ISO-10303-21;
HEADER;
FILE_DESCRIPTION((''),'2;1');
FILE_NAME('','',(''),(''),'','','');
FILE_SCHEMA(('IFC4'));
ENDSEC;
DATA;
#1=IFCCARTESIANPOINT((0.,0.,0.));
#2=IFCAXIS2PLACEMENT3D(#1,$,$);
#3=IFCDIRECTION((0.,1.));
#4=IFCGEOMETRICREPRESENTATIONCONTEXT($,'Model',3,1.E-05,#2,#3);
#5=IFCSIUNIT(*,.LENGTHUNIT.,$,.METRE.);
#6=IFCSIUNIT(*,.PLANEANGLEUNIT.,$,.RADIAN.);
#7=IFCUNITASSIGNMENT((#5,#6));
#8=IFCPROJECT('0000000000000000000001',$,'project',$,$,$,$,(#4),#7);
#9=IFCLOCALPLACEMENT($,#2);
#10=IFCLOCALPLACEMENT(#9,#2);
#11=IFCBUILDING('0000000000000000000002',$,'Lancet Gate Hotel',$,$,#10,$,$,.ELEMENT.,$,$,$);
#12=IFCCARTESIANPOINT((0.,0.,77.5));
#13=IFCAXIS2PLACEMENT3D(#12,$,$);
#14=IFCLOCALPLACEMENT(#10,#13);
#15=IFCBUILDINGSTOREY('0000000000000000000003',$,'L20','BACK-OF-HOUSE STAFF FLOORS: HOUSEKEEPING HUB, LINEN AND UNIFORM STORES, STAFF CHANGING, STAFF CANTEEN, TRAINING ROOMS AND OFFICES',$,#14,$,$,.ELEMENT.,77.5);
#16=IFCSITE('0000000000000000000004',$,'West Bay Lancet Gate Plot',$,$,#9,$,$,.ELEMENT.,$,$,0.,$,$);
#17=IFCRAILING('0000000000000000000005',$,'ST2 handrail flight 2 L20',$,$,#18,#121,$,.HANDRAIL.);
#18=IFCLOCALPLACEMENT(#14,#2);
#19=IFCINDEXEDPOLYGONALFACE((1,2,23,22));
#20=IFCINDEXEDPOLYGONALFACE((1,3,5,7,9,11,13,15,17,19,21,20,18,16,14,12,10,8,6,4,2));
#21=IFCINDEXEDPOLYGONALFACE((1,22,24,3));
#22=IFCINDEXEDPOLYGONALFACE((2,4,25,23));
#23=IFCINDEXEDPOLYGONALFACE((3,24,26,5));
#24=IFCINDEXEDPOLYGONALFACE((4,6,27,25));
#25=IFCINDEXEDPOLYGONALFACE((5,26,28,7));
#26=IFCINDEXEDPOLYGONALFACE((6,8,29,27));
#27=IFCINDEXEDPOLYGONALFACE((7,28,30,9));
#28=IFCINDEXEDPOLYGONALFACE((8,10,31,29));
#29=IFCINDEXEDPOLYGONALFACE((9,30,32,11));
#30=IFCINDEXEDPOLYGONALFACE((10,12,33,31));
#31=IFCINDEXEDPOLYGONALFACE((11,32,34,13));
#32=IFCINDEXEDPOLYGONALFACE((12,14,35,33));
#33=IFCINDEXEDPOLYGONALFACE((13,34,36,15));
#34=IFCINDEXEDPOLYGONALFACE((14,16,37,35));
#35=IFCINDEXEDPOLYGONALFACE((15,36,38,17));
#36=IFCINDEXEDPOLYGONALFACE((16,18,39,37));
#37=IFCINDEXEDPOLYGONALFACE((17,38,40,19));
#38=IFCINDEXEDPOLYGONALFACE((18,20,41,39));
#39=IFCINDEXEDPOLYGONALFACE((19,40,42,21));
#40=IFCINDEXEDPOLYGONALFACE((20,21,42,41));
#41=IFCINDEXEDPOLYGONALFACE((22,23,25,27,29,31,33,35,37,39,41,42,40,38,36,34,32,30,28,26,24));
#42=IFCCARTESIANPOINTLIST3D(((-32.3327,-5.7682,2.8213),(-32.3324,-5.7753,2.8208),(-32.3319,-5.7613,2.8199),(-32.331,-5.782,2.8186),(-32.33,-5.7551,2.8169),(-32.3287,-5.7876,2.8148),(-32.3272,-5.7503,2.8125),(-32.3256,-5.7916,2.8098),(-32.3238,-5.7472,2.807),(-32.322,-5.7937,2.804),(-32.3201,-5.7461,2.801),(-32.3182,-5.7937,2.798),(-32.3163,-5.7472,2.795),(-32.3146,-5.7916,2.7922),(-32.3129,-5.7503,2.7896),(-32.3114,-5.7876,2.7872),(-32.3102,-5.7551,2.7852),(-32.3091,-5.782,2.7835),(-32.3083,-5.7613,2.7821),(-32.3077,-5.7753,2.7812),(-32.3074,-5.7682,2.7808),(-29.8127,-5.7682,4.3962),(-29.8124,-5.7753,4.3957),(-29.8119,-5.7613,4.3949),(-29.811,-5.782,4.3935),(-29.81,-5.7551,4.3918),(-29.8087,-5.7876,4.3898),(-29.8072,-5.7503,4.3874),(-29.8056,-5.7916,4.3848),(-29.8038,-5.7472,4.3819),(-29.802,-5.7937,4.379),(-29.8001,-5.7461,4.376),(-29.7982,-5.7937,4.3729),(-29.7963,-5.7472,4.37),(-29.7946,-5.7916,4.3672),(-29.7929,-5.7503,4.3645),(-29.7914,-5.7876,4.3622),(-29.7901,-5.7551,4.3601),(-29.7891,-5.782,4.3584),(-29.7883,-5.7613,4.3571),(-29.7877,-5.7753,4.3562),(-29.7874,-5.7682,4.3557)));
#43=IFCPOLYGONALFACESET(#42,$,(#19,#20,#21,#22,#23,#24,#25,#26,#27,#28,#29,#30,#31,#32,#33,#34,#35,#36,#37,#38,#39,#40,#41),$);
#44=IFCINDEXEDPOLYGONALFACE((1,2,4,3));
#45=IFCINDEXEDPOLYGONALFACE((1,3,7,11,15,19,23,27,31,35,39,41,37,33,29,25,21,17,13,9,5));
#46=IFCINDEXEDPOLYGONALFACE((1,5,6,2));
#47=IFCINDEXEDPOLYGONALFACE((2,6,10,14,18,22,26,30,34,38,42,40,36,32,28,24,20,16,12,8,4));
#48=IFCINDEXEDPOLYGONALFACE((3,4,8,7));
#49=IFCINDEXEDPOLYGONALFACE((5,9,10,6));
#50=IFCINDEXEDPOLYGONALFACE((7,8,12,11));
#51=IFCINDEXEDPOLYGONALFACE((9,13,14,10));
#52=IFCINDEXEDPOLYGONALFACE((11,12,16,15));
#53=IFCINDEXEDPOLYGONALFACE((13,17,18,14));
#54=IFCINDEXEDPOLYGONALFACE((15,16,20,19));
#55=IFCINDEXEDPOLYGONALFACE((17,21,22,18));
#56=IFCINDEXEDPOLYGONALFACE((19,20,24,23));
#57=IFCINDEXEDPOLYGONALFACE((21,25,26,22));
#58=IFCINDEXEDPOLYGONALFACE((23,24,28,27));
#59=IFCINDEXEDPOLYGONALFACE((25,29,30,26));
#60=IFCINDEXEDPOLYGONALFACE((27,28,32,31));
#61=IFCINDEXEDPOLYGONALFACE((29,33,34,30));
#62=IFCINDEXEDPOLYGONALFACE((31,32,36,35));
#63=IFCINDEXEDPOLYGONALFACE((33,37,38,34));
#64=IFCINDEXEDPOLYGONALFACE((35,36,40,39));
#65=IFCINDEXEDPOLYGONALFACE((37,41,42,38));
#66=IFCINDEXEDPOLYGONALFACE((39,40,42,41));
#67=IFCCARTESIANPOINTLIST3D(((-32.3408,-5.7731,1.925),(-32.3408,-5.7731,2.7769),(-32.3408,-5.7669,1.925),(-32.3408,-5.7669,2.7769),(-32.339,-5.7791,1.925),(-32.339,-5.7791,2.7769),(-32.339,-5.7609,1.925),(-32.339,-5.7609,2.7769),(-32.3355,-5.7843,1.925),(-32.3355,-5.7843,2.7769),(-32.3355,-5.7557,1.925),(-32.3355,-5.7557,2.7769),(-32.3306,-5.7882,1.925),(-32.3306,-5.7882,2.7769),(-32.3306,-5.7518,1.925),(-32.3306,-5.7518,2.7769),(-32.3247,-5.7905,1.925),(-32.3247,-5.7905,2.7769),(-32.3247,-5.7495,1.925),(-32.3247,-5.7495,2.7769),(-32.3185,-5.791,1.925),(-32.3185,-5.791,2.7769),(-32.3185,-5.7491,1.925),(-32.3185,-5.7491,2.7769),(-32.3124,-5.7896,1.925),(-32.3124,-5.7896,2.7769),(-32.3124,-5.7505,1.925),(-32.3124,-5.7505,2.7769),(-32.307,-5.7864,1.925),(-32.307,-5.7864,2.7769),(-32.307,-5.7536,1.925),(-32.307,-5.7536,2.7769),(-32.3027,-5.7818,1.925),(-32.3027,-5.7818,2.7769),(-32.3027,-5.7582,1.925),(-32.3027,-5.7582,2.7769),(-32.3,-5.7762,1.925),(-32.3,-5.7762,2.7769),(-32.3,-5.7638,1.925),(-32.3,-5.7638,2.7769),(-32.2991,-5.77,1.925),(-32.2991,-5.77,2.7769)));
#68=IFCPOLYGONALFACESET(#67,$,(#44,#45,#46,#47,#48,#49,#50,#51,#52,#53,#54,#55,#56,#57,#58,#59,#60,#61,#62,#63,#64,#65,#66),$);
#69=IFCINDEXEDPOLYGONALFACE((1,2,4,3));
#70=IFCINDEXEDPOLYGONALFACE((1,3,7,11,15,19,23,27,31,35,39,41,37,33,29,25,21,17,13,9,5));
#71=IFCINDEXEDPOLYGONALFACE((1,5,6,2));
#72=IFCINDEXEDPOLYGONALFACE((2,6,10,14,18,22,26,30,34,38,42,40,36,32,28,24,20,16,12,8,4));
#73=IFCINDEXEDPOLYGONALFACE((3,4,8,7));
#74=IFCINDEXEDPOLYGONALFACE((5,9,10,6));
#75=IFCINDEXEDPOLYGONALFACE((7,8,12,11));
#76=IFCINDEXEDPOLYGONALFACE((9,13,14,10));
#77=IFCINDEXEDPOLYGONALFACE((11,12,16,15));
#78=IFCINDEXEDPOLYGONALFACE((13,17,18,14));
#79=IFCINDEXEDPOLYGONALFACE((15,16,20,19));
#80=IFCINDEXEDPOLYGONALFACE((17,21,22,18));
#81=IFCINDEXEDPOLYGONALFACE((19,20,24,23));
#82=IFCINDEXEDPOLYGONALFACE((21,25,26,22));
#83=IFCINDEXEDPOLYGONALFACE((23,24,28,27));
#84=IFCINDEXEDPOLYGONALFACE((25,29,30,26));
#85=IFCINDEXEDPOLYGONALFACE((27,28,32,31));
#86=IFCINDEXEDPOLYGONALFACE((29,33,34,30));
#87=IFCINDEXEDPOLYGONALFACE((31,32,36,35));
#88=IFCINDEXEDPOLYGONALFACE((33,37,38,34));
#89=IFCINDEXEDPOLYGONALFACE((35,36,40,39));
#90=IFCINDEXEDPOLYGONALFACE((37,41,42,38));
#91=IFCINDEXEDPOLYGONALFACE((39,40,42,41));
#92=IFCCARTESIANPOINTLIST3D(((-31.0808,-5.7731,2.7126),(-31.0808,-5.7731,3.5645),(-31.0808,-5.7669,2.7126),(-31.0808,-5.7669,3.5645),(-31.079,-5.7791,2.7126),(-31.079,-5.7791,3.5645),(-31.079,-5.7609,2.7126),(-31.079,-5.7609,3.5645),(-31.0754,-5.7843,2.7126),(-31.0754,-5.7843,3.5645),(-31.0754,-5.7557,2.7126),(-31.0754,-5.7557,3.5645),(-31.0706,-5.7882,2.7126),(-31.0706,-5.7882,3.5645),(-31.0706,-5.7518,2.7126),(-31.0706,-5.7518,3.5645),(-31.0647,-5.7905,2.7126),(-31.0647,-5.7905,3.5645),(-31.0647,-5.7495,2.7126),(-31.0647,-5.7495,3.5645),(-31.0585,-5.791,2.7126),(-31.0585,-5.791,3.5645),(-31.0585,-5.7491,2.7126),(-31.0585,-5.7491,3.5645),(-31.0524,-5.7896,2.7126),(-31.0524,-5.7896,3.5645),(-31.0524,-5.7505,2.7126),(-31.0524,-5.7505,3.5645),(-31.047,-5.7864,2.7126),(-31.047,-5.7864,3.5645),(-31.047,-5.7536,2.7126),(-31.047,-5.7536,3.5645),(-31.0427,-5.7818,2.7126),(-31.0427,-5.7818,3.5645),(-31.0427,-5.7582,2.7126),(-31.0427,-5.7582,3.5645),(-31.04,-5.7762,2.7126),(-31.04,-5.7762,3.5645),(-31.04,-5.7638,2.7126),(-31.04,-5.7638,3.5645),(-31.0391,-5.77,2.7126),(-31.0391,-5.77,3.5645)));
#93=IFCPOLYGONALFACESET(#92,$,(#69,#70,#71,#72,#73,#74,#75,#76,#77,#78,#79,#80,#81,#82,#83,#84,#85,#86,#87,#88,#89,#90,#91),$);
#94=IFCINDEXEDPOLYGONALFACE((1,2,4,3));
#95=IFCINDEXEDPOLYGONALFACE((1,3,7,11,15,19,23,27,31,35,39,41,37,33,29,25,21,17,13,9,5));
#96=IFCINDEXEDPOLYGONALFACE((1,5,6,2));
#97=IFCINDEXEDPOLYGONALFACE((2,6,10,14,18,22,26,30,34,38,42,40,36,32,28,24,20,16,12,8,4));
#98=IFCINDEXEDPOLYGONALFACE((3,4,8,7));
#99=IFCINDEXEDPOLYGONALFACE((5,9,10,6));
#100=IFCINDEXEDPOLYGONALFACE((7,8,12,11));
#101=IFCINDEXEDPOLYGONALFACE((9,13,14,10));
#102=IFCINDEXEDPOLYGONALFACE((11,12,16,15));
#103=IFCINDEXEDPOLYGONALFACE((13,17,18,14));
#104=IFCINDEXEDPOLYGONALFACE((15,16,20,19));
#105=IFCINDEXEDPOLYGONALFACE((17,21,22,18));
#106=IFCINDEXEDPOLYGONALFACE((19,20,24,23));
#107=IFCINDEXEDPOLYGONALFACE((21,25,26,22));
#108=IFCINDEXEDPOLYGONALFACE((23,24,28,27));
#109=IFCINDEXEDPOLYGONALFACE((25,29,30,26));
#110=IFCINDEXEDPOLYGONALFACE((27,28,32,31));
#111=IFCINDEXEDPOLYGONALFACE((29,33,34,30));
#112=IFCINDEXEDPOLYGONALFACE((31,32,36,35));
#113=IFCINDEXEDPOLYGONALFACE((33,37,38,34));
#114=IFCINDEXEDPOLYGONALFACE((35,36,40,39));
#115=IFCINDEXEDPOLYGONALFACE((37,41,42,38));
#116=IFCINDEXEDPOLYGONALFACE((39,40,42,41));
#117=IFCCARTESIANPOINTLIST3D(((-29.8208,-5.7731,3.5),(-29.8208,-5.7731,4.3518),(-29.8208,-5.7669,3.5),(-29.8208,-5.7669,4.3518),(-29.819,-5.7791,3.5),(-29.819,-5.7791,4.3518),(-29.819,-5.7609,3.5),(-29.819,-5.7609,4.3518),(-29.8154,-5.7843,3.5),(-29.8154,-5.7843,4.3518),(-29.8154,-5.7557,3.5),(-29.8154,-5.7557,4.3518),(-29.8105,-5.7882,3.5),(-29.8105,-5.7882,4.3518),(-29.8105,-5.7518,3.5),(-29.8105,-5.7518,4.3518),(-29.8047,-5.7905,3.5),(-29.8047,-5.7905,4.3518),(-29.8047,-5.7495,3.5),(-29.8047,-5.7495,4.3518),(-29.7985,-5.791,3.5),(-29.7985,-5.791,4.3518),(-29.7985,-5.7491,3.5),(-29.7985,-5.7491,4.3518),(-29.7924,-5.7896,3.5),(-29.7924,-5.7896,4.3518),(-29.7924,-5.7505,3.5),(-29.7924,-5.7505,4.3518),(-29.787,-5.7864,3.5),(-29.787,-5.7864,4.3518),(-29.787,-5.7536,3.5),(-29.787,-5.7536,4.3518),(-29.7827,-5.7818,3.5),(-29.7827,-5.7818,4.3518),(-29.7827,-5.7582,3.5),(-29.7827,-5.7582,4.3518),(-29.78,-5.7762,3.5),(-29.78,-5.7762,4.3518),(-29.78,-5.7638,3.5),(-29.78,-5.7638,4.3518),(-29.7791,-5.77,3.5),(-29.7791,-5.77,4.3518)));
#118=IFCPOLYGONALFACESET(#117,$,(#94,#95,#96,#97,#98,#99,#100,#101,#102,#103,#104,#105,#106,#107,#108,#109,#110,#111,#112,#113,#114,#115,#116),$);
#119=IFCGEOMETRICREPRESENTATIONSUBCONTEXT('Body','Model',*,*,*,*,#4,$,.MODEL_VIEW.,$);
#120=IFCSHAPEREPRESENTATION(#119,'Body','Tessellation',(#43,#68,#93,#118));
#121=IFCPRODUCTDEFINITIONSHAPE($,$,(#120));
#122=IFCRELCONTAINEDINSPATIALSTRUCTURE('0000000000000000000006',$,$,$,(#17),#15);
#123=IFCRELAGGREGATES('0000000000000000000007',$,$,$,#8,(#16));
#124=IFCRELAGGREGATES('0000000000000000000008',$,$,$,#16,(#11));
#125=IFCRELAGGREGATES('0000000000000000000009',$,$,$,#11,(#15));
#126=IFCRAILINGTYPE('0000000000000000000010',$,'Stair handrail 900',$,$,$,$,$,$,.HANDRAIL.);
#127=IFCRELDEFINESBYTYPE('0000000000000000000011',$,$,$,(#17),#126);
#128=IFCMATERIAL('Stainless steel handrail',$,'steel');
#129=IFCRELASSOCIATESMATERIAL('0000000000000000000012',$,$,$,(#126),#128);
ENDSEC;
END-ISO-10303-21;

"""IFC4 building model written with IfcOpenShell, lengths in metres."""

from ifc_helpers import new_model, si_unit, direction, frame, origin, origin_2d, place, context, subcontext, project, spatial, circle, extrude, material, type_object, element, save


model = new_model("IFC4")

# Units and contexts
model_context = context("Model", 3, precision=1e-05, world=origin(), true_north=direction((0.0, 1.0)))
body_context = subcontext(model_context, "Body", "Model", "MODEL_VIEW")
ifc_project = project(units=[si_unit("LENGTHUNIT", "METRE"), si_unit("PLANEANGLEUNIT", "RADIAN")], contexts=[model_context])

# Site, building, storey
site_placement = place(None, origin())
site = spatial("IfcSite", under=ifc_project, at=site_placement, Name="West Bay Lancet Gate Plot", CompositionType="ELEMENT", RefElevation=0.0)
building_placement = place(site_placement, origin())
building = spatial("IfcBuilding", under=site, at=building_placement, Name="Lancet Gate Hotel", CompositionType="ELEMENT")
storey_placement = place(building_placement, frame((0.0, 0.0, 77.5)))
storey = spatial("IfcBuildingStorey", under=building, at=storey_placement, Name="L20", Description="BACK-OF-HOUSE STAFF FLOORS: HOUSEKEEPING HUB, LINEN AND UNIFORM STORES, STAFF CHANGING, STAFF CANTEEN, TRAINING ROOMS AND OFFICES", CompositionType="ELEMENT", Elevation=77.5)

# Railing
ifc_material_1 = material(Name="Stainless steel handrail", Category="steel")
railing_type = type_object("IfcRailingType", Name="Stair handrail 900", PredefinedType="HANDRAIL", material=ifc_material_1)
railing_1_placement = place(storey_placement, frame((-32.3201, -5.77, 1.925)))
element("IfcRailing", 1, at=railing_1_placement, inside=storey, type_object=railing_type, Name="ST2 handrail flight 2 L20", PredefinedType="HANDRAIL", context=body_context, shape_type="SweptSolid", body=[
    extrude(circle(Radius=0.0239, at=origin_2d()), frame((0.0, 0.0, 0.876), z_axis=(0.848008, 0.0, 0.529984), x_axis=(0.0, 1.0, 0.0)), (0.0, 0.0, 1.0), 2.9717),
    extrude(circle(Radius=0.021, at=origin_2d()), origin(), (0.0, 0.0, 1.0), 0.8518),
    extrude(circle(Radius=0.021, at=origin_2d()), frame((1.26, 0.0, 0.7876)), (0.0, 0.0, 1.0), 0.8518),
    extrude(circle(Radius=0.021, at=origin_2d()), frame((2.52, 0.0, 1.575)), (0.0, 0.0, 1.0), 0.8518),
])

save(model, "model.ifc")
